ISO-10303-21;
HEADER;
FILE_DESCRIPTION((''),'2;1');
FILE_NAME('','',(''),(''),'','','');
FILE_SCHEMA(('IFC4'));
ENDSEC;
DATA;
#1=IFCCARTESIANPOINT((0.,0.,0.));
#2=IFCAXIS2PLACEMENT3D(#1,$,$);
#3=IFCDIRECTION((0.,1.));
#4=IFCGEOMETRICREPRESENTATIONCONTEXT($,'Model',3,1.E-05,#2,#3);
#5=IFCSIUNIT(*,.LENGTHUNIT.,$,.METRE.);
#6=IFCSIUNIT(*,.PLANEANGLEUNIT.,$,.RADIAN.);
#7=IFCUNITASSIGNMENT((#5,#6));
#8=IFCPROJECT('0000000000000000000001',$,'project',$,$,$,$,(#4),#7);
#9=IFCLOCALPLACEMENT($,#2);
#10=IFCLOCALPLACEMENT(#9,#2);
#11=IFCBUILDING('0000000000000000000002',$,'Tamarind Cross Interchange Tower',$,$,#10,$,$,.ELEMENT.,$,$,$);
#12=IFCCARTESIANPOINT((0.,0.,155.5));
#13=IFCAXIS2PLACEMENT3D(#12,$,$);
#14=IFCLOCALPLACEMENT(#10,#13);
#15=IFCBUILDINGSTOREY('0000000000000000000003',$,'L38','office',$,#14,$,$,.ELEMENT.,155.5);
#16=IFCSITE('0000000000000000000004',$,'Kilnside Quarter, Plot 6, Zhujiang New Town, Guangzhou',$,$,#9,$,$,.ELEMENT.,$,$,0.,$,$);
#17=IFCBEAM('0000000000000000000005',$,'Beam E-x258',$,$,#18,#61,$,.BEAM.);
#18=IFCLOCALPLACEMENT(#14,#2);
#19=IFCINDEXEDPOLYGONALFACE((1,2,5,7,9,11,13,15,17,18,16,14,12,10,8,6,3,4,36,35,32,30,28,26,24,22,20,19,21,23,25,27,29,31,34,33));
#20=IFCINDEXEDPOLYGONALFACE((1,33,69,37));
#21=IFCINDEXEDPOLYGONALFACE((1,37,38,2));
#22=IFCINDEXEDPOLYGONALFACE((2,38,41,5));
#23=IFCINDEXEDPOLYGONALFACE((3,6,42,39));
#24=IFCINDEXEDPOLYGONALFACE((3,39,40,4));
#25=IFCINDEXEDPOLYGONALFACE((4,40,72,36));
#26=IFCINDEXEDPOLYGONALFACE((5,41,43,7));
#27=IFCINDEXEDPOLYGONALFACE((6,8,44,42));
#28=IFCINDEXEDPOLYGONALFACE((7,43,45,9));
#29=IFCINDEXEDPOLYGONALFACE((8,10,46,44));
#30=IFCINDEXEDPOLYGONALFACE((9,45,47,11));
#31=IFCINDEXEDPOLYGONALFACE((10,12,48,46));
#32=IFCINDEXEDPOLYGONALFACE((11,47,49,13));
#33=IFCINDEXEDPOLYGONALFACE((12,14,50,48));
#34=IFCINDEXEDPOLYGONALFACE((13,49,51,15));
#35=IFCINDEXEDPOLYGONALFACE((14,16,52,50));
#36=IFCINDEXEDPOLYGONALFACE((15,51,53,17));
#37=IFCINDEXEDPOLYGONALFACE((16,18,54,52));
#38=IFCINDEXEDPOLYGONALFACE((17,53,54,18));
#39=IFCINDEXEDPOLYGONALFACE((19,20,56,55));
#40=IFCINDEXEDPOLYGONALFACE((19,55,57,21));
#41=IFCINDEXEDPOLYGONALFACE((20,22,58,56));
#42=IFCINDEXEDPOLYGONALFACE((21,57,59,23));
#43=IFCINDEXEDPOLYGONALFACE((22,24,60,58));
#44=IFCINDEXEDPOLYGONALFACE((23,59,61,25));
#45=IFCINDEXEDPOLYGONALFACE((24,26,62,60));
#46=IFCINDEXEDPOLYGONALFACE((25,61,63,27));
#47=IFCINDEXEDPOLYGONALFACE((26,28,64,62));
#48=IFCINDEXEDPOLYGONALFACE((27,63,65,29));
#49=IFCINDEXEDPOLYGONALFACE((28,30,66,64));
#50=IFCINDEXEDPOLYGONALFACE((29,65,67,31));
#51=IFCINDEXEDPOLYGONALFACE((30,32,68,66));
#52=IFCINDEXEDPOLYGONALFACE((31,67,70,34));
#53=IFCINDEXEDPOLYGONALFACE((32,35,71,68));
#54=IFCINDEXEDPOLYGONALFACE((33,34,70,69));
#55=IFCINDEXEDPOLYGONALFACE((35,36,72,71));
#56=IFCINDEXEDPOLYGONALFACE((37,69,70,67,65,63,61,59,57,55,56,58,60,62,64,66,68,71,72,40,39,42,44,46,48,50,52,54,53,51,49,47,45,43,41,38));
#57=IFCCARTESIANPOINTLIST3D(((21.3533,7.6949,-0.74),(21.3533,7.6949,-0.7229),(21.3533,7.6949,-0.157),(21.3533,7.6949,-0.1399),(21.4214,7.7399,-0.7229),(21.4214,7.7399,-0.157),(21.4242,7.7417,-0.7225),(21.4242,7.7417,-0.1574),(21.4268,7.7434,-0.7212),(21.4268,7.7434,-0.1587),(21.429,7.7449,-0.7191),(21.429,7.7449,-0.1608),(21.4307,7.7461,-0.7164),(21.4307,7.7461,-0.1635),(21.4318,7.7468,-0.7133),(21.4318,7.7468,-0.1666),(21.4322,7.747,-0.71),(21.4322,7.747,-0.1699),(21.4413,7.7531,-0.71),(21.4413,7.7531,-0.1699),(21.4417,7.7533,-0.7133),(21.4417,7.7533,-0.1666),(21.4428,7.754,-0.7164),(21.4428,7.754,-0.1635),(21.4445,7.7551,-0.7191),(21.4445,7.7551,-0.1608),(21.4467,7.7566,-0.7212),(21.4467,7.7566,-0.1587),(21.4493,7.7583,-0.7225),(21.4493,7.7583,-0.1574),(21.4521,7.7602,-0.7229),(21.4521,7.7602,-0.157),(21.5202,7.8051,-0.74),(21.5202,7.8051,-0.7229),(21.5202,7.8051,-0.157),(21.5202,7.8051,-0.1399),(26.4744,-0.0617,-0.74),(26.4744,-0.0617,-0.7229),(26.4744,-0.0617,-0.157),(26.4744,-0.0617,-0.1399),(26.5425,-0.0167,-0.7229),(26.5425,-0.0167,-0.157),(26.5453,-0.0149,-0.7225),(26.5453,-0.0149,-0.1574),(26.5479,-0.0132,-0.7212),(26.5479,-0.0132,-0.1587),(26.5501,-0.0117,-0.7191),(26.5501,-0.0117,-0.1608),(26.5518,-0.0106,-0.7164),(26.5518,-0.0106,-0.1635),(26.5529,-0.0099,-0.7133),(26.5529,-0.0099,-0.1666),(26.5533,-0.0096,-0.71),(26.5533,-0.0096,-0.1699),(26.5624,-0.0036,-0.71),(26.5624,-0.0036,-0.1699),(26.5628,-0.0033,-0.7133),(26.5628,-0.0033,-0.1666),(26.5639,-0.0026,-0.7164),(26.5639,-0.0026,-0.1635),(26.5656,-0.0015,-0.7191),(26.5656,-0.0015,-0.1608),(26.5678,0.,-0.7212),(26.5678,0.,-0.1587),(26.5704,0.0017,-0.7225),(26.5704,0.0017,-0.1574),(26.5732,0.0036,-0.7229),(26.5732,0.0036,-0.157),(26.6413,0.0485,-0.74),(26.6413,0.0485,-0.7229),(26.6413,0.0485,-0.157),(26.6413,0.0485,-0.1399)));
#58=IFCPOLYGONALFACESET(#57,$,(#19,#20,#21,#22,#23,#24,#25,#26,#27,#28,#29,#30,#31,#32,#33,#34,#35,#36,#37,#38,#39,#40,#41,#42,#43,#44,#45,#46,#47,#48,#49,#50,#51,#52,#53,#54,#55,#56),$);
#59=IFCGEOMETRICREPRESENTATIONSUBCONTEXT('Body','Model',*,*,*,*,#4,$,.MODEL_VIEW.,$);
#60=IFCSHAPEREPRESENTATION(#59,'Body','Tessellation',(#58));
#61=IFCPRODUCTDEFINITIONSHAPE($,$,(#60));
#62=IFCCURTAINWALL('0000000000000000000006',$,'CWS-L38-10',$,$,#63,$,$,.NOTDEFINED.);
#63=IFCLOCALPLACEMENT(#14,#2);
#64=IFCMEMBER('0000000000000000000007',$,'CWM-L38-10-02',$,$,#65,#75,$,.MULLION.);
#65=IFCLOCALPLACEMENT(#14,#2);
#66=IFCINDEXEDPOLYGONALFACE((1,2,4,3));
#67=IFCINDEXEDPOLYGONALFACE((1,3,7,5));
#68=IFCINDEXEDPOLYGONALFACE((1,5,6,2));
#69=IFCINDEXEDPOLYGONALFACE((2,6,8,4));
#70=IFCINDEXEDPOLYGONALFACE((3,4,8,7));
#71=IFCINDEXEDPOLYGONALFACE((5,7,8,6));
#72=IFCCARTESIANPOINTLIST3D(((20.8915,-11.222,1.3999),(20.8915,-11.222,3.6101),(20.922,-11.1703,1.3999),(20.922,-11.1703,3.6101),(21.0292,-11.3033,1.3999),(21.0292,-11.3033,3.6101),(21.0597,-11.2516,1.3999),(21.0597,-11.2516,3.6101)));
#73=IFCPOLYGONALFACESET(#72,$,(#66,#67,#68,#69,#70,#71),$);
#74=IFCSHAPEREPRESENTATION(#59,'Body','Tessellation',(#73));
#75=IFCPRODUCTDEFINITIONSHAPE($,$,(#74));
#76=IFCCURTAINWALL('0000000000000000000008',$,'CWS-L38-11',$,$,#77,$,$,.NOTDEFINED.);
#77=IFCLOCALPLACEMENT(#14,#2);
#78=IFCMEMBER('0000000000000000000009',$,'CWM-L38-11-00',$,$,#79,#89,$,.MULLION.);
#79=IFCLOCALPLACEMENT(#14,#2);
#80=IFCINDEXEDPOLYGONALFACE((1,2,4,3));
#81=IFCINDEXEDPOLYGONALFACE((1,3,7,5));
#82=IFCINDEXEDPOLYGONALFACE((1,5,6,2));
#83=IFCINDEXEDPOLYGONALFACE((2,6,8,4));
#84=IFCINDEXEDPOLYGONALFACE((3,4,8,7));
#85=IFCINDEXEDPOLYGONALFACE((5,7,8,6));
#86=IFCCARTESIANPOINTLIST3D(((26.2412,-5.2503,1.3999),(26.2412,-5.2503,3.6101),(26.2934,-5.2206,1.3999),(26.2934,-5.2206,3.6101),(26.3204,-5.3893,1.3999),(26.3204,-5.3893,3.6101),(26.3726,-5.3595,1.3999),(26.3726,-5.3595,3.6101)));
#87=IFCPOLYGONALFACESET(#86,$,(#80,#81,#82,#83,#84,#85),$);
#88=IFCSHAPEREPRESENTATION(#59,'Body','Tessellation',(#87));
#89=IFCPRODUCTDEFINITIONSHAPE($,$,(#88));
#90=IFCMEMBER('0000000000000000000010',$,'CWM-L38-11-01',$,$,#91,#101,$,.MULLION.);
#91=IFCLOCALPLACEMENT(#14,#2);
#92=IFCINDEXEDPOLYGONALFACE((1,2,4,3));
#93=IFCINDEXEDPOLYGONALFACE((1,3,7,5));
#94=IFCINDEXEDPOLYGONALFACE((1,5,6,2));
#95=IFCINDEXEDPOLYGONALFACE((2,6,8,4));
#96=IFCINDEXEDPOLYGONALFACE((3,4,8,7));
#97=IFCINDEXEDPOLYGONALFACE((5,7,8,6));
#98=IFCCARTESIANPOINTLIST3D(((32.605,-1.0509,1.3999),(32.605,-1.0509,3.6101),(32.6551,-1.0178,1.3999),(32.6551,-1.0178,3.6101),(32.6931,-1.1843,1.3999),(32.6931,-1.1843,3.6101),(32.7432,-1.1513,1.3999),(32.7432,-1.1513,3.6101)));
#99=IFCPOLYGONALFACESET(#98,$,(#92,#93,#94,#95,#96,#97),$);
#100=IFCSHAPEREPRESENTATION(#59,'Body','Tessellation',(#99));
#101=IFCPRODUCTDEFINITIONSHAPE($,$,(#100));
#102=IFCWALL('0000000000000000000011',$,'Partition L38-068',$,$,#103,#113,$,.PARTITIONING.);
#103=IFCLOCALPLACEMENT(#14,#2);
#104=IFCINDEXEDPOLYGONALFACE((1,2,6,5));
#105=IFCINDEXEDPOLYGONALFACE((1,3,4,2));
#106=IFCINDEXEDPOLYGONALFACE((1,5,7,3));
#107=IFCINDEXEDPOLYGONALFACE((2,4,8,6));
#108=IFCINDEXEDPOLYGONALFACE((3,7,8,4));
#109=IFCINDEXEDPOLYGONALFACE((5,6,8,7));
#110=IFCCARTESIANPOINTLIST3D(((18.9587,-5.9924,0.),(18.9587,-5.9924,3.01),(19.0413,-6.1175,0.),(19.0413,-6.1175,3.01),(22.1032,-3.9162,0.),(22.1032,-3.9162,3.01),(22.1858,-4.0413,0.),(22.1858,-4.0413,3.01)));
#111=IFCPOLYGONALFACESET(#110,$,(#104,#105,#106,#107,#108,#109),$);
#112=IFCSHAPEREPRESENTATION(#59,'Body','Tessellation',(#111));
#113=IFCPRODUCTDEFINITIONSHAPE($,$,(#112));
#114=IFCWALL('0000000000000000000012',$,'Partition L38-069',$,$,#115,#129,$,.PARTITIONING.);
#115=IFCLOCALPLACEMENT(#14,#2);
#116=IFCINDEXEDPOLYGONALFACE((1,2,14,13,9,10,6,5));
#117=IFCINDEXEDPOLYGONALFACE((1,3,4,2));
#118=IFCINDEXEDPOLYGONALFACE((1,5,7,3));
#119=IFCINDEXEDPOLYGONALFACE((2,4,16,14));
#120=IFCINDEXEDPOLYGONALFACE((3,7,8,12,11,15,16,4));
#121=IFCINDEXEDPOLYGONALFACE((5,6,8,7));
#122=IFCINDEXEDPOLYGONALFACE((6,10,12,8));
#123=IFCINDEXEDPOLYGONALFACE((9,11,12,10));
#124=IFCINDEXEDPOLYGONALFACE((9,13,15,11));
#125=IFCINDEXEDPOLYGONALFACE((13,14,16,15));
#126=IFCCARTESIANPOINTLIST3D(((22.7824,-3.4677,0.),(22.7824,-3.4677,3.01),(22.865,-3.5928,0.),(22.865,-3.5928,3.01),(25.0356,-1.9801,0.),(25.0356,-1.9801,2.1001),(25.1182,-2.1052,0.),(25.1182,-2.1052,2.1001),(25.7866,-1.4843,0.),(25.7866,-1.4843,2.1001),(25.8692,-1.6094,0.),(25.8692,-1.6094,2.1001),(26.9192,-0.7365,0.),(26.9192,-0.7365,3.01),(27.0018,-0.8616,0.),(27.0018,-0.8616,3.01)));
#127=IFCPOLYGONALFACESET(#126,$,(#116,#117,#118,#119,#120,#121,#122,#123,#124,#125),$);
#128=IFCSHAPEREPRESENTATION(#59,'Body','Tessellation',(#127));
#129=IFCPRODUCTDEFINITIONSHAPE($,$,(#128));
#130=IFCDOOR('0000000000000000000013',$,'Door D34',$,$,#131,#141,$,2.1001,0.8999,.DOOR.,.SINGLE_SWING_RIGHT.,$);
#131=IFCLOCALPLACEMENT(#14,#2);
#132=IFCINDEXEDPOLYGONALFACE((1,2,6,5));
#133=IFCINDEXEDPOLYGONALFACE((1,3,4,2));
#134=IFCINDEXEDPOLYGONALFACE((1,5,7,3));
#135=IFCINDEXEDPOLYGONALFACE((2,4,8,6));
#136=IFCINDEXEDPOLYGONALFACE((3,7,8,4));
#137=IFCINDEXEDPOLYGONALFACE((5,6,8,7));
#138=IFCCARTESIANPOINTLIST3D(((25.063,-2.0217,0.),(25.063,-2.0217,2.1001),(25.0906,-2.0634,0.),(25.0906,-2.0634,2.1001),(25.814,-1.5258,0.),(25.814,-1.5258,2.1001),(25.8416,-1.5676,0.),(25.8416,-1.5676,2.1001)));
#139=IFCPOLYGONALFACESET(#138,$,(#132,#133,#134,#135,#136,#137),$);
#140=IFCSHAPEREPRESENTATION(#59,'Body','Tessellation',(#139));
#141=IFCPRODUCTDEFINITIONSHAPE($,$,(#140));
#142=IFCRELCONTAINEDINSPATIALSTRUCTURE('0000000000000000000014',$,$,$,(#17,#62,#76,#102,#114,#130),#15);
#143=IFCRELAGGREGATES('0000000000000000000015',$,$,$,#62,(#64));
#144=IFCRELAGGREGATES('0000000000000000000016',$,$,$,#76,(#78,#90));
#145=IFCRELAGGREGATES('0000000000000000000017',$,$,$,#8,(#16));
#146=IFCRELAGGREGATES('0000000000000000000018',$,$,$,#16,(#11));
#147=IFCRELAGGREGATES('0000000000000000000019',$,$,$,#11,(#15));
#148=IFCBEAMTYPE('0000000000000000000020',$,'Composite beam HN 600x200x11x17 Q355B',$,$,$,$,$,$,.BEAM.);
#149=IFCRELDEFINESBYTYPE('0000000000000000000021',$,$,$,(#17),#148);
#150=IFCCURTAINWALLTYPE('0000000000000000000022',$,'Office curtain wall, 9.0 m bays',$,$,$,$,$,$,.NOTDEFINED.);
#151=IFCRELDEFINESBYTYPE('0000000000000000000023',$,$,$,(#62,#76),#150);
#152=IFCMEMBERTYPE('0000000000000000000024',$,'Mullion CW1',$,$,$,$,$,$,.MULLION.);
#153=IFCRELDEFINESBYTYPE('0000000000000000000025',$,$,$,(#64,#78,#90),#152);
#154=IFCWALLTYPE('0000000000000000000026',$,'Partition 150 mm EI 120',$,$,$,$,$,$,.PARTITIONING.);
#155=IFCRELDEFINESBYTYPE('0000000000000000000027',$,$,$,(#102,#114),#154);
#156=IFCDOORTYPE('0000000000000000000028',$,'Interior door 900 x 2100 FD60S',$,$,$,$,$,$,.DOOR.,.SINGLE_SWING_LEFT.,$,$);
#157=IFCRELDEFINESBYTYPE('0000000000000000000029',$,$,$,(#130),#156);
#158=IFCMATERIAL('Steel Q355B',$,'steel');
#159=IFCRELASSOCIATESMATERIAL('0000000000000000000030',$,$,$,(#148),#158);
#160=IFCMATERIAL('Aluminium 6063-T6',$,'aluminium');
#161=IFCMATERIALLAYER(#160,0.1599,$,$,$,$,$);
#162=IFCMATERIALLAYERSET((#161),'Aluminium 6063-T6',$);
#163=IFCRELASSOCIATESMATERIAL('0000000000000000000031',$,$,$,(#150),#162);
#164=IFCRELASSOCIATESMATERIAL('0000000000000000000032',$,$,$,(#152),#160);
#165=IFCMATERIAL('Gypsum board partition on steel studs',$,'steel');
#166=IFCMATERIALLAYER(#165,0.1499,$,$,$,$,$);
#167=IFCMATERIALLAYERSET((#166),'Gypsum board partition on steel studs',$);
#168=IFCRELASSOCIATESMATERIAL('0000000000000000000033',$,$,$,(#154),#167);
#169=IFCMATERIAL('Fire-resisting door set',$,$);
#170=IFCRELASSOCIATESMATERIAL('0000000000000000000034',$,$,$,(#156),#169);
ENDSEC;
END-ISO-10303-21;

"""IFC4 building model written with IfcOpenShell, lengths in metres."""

from ifc_helpers import new_model, si_unit, direction, frame, frame_2d, origin, origin_2d, place, context, subcontext, project, spatial, rectangle, i_section, extrude, material, layer, layer_set, material_profile, profile_set, type_object, element, fill, aggregate, save


model = new_model("IFC4")

# Units and contexts
model_context = context("Model", 3, precision=1e-05, world=origin(), true_north=direction((0.0, 1.0)))
body_context = subcontext(model_context, "Body", "Model", "MODEL_VIEW")
ifc_project = project(units=[si_unit("LENGTHUNIT", "METRE"), si_unit("PLANEANGLEUNIT", "RADIAN")], contexts=[model_context])

# Site, building, storey
site_placement = place(None, origin())
site = spatial("IfcSite", under=ifc_project, at=site_placement, Name="Kilnside Quarter, Plot 6, Zhujiang New Town, Guangzhou", CompositionType="ELEMENT", RefElevation=0.0)
building_placement = place(site_placement, origin())
building = spatial("IfcBuilding", under=site, at=building_placement, Name="Tamarind Cross Interchange Tower", CompositionType="ELEMENT")
storey_placement = place(building_placement, frame((0.0, 0.0, 155.5)))
storey = spatial("IfcBuildingStorey", under=building, at=storey_placement, Name="L38", Description="office", CompositionType="ELEMENT", Elevation=155.5)

# Beam
ifc_material_1 = material(Name="Steel Q355B", Category="steel")
ifc_material_profile_1 = material_profile(ifc_material_1, i_section(OverallWidth=0.2, OverallDepth=0.6001, WebThickness=0.011, FlangeThickness=0.0171, FilletRadius=0.0129, at=origin_2d()), Name="HN 600x200x11x17")
ifc_profile_set_1 = profile_set([ifc_material_profile_1], Name="Steel Q355B")
beam_type_1 = type_object("IfcBeamType", Name="Composite beam HN 600x200x11x17 Q355B", PredefinedType="BEAM", material=ifc_profile_set_1)
beam_1_placement = place(storey_placement, frame((26.5579, -0.0066, -0.4399), z_axis=(-0.550973, 0.834523, 0.0), x_axis=(-0.834523, -0.550973, 0.0)))
element("IfcBeam", 1, at=beam_1_placement, inside=storey, type_object=beam_type_1, Name="Beam E-x258", PredefinedType="BEAM", context=body_context, shape_type="SweptSolid", body=[
    extrude(i_section(OverallWidth=0.2, OverallDepth=0.6001, WebThickness=0.011, FlangeThickness=0.0171, FilletRadius=0.0129, at=origin_2d()), origin(), (0.0, 0.0, 1.0), 9.2947),
])

# Curtain wall, member
ifc_material_2 = material(Name="Aluminium 6063-T6", Category="aluminium")
ifc_layer_1 = layer(ifc_material_2, 0.1599)
ifc_layer_set_1 = layer_set([ifc_layer_1], Name="Aluminium 6063-T6")
curtain_wall_type = type_object("IfcCurtainWallType", Name="Office curtain wall, 9.0 m bays", PredefinedType="NOTDEFINED", material=ifc_layer_set_1)
curtain_wall_1_placement = place(storey_placement, origin())
curtain_wall_1 = element("IfcCurtainWall", 2, at=curtain_wall_1_placement, inside=storey, type_object=curtain_wall_type, Name="CWS-L38-10", PredefinedType="NOTDEFINED")
ifc_material_profile_2 = material_profile(ifc_material_2, rectangle(XDim=0.0601, YDim=0.1599, at=origin_2d()), Name="Mullion CW1")
ifc_profile_set_2 = profile_set([ifc_material_profile_2], Name="Aluminium 6063-T6")
member_type = type_object("IfcMemberType", Name="Mullion CW1", PredefinedType="MULLION", material=ifc_profile_set_2)
member_1_placement = place(storey_placement, frame((20.9756, -11.2368, 1.3999), z_axis=(0.0, 0.0, 1.0), x_axis=(0.508183, 0.861249, 0.0)))
member_1 = element("IfcMember", 3, at=member_1_placement, type_object=member_type, Name="CWM-L38-10-02", PredefinedType="MULLION", context=body_context, shape_type="SweptSolid", body=[
    extrude(rectangle(XDim=0.0601, YDim=0.1599, at=origin_2d()), origin(), (0.0, 0.0, 1.0), 2.2102),
])
aggregate(curtain_wall_1, [member_1])

# Curtain wall, members
curtain_wall_2_placement = place(storey_placement, origin())
curtain_wall_2 = element("IfcCurtainWall", 4, at=curtain_wall_2_placement, inside=storey, type_object=curtain_wall_type, Name="CWS-L38-11", PredefinedType="NOTDEFINED")
member_2_placement = place(storey_placement, frame((26.3069, -5.3049, 1.3999), z_axis=(0.0, 0.0, 1.0), x_axis=(0.868773, 0.49521, 0.0)))
member_2 = element("IfcMember", 5, at=member_2_placement, type_object=member_type, Name="CWM-L38-11-00", PredefinedType="MULLION", context=body_context, shape_type="SweptSolid", body=[
    extrude(rectangle(XDim=0.0601, YDim=0.1599, at=origin_2d()), origin(), (0.0, 0.0, 1.0), 2.2102),
])
member_3_placement = place(storey_placement, frame((32.6741, -1.1011, 1.3999), z_axis=(0.0, 0.0, 1.0), x_axis=(0.834525, 0.55097, 0.0)))
member_3 = element("IfcMember", 6, at=member_3_placement, type_object=member_type, Name="CWM-L38-11-01", PredefinedType="MULLION", context=body_context, shape_type="SweptSolid", body=[
    extrude(rectangle(XDim=0.0601, YDim=0.1599, at=origin_2d()), origin(), (0.0, 0.0, 1.0), 2.2102),
])
aggregate(curtain_wall_2, [member_2, member_3])

# Wall
ifc_material_3 = material(Name="Gypsum board partition on steel studs", Category="steel")
ifc_layer_2 = layer(ifc_material_3, 0.1499)
ifc_layer_set_2 = layer_set([ifc_layer_2], Name="Gypsum board partition on steel studs")
wall_type = type_object("IfcWallType", Name="Partition 150 mm EI 120", PredefinedType="PARTITIONING", material=ifc_layer_set_2)
wall_1_placement = place(storey_placement, frame((19.0, -6.0549, 0.0), z_axis=(0.0, 0.0, 1.0), x_axis=(0.834514, 0.550987, 0.0)))
element("IfcWall", 7, at=wall_1_placement, inside=storey, type_object=wall_type, Name="Partition L38-068", PredefinedType="PARTITIONING", context=body_context, shape_type="SweptSolid", body=[
    extrude(rectangle(XDim=3.7681, YDim=0.1499, at=frame_2d((1.884, 0.0))), origin(), (0.0, 0.0, 1.0), 3.01),
])

# Wall, opening, door
wall_2_placement = place(storey_placement, frame((22.8237, -3.5303, 0.0), z_axis=(0.0, 0.0, 1.0), x_axis=(0.83452, 0.550978, 0.0)))
wall_2 = element("IfcWall", 8, at=wall_2_placement, inside=storey, type_object=wall_type, Name="Partition L38-069", PredefinedType="PARTITIONING", context=body_context, shape_type="SweptSolid", body=[
    extrude(rectangle(XDim=4.957, YDim=0.1499, at=frame_2d((2.4785, 0.0))), origin(), (0.0, 0.0, 1.0), 3.01),
])
opening_1_placement = place(wall_2_placement, frame((2.7, 0.0, 0.0)))
opening_1 = element("IfcOpeningElement", 9, at=opening_1_placement, cuts=wall_2, PredefinedType="OPENING", context=body_context, shape_type="SweptSolid", body=[
    extrude(rectangle(XDim=0.8999, YDim=2.1001, at=frame_2d((0.45, 1.05))), frame((0.0, 0.085, 0.0), z_axis=(0.0, -1.0, 0.0), x_axis=(1.0, 0.0, 0.0)), (0.0, 0.0, 1.0), 0.1699),
])
ifc_material_4 = material(Name="Fire-resisting door set")
door_type_1 = type_object("IfcDoorType", Name="Interior door 900 x 2100 FD60S", OperationType="SINGLE_SWING_LEFT", PredefinedType="DOOR", material=ifc_material_4)
door_1_placement = place(opening_1_placement, frame((0.8999, 0.0, 0.0), z_axis=(0.0, 0.0, 1.0), x_axis=(-1.0, 0.0, 0.0)))
door_1 = element("IfcDoor", 10, at=door_1_placement, inside=storey, type_object=door_type_1, Name="Door D34", OperationType="SINGLE_SWING_RIGHT", OverallHeight=2.1001, OverallWidth=0.8999, PredefinedType="DOOR", context=body_context, shape_type="SweptSolid", body=[
    extrude(rectangle(XDim=0.8999, YDim=2.1001, at=frame_2d((0.45, 1.05))), frame((0.0, 0.0249, 0.0), z_axis=(0.0, -1.0, 0.0), x_axis=(1.0, 0.0, 0.0)), (0.0, 0.0, 1.0), 0.05),
])
fill(opening_1, door_1)

save(model, "model.ifc")
